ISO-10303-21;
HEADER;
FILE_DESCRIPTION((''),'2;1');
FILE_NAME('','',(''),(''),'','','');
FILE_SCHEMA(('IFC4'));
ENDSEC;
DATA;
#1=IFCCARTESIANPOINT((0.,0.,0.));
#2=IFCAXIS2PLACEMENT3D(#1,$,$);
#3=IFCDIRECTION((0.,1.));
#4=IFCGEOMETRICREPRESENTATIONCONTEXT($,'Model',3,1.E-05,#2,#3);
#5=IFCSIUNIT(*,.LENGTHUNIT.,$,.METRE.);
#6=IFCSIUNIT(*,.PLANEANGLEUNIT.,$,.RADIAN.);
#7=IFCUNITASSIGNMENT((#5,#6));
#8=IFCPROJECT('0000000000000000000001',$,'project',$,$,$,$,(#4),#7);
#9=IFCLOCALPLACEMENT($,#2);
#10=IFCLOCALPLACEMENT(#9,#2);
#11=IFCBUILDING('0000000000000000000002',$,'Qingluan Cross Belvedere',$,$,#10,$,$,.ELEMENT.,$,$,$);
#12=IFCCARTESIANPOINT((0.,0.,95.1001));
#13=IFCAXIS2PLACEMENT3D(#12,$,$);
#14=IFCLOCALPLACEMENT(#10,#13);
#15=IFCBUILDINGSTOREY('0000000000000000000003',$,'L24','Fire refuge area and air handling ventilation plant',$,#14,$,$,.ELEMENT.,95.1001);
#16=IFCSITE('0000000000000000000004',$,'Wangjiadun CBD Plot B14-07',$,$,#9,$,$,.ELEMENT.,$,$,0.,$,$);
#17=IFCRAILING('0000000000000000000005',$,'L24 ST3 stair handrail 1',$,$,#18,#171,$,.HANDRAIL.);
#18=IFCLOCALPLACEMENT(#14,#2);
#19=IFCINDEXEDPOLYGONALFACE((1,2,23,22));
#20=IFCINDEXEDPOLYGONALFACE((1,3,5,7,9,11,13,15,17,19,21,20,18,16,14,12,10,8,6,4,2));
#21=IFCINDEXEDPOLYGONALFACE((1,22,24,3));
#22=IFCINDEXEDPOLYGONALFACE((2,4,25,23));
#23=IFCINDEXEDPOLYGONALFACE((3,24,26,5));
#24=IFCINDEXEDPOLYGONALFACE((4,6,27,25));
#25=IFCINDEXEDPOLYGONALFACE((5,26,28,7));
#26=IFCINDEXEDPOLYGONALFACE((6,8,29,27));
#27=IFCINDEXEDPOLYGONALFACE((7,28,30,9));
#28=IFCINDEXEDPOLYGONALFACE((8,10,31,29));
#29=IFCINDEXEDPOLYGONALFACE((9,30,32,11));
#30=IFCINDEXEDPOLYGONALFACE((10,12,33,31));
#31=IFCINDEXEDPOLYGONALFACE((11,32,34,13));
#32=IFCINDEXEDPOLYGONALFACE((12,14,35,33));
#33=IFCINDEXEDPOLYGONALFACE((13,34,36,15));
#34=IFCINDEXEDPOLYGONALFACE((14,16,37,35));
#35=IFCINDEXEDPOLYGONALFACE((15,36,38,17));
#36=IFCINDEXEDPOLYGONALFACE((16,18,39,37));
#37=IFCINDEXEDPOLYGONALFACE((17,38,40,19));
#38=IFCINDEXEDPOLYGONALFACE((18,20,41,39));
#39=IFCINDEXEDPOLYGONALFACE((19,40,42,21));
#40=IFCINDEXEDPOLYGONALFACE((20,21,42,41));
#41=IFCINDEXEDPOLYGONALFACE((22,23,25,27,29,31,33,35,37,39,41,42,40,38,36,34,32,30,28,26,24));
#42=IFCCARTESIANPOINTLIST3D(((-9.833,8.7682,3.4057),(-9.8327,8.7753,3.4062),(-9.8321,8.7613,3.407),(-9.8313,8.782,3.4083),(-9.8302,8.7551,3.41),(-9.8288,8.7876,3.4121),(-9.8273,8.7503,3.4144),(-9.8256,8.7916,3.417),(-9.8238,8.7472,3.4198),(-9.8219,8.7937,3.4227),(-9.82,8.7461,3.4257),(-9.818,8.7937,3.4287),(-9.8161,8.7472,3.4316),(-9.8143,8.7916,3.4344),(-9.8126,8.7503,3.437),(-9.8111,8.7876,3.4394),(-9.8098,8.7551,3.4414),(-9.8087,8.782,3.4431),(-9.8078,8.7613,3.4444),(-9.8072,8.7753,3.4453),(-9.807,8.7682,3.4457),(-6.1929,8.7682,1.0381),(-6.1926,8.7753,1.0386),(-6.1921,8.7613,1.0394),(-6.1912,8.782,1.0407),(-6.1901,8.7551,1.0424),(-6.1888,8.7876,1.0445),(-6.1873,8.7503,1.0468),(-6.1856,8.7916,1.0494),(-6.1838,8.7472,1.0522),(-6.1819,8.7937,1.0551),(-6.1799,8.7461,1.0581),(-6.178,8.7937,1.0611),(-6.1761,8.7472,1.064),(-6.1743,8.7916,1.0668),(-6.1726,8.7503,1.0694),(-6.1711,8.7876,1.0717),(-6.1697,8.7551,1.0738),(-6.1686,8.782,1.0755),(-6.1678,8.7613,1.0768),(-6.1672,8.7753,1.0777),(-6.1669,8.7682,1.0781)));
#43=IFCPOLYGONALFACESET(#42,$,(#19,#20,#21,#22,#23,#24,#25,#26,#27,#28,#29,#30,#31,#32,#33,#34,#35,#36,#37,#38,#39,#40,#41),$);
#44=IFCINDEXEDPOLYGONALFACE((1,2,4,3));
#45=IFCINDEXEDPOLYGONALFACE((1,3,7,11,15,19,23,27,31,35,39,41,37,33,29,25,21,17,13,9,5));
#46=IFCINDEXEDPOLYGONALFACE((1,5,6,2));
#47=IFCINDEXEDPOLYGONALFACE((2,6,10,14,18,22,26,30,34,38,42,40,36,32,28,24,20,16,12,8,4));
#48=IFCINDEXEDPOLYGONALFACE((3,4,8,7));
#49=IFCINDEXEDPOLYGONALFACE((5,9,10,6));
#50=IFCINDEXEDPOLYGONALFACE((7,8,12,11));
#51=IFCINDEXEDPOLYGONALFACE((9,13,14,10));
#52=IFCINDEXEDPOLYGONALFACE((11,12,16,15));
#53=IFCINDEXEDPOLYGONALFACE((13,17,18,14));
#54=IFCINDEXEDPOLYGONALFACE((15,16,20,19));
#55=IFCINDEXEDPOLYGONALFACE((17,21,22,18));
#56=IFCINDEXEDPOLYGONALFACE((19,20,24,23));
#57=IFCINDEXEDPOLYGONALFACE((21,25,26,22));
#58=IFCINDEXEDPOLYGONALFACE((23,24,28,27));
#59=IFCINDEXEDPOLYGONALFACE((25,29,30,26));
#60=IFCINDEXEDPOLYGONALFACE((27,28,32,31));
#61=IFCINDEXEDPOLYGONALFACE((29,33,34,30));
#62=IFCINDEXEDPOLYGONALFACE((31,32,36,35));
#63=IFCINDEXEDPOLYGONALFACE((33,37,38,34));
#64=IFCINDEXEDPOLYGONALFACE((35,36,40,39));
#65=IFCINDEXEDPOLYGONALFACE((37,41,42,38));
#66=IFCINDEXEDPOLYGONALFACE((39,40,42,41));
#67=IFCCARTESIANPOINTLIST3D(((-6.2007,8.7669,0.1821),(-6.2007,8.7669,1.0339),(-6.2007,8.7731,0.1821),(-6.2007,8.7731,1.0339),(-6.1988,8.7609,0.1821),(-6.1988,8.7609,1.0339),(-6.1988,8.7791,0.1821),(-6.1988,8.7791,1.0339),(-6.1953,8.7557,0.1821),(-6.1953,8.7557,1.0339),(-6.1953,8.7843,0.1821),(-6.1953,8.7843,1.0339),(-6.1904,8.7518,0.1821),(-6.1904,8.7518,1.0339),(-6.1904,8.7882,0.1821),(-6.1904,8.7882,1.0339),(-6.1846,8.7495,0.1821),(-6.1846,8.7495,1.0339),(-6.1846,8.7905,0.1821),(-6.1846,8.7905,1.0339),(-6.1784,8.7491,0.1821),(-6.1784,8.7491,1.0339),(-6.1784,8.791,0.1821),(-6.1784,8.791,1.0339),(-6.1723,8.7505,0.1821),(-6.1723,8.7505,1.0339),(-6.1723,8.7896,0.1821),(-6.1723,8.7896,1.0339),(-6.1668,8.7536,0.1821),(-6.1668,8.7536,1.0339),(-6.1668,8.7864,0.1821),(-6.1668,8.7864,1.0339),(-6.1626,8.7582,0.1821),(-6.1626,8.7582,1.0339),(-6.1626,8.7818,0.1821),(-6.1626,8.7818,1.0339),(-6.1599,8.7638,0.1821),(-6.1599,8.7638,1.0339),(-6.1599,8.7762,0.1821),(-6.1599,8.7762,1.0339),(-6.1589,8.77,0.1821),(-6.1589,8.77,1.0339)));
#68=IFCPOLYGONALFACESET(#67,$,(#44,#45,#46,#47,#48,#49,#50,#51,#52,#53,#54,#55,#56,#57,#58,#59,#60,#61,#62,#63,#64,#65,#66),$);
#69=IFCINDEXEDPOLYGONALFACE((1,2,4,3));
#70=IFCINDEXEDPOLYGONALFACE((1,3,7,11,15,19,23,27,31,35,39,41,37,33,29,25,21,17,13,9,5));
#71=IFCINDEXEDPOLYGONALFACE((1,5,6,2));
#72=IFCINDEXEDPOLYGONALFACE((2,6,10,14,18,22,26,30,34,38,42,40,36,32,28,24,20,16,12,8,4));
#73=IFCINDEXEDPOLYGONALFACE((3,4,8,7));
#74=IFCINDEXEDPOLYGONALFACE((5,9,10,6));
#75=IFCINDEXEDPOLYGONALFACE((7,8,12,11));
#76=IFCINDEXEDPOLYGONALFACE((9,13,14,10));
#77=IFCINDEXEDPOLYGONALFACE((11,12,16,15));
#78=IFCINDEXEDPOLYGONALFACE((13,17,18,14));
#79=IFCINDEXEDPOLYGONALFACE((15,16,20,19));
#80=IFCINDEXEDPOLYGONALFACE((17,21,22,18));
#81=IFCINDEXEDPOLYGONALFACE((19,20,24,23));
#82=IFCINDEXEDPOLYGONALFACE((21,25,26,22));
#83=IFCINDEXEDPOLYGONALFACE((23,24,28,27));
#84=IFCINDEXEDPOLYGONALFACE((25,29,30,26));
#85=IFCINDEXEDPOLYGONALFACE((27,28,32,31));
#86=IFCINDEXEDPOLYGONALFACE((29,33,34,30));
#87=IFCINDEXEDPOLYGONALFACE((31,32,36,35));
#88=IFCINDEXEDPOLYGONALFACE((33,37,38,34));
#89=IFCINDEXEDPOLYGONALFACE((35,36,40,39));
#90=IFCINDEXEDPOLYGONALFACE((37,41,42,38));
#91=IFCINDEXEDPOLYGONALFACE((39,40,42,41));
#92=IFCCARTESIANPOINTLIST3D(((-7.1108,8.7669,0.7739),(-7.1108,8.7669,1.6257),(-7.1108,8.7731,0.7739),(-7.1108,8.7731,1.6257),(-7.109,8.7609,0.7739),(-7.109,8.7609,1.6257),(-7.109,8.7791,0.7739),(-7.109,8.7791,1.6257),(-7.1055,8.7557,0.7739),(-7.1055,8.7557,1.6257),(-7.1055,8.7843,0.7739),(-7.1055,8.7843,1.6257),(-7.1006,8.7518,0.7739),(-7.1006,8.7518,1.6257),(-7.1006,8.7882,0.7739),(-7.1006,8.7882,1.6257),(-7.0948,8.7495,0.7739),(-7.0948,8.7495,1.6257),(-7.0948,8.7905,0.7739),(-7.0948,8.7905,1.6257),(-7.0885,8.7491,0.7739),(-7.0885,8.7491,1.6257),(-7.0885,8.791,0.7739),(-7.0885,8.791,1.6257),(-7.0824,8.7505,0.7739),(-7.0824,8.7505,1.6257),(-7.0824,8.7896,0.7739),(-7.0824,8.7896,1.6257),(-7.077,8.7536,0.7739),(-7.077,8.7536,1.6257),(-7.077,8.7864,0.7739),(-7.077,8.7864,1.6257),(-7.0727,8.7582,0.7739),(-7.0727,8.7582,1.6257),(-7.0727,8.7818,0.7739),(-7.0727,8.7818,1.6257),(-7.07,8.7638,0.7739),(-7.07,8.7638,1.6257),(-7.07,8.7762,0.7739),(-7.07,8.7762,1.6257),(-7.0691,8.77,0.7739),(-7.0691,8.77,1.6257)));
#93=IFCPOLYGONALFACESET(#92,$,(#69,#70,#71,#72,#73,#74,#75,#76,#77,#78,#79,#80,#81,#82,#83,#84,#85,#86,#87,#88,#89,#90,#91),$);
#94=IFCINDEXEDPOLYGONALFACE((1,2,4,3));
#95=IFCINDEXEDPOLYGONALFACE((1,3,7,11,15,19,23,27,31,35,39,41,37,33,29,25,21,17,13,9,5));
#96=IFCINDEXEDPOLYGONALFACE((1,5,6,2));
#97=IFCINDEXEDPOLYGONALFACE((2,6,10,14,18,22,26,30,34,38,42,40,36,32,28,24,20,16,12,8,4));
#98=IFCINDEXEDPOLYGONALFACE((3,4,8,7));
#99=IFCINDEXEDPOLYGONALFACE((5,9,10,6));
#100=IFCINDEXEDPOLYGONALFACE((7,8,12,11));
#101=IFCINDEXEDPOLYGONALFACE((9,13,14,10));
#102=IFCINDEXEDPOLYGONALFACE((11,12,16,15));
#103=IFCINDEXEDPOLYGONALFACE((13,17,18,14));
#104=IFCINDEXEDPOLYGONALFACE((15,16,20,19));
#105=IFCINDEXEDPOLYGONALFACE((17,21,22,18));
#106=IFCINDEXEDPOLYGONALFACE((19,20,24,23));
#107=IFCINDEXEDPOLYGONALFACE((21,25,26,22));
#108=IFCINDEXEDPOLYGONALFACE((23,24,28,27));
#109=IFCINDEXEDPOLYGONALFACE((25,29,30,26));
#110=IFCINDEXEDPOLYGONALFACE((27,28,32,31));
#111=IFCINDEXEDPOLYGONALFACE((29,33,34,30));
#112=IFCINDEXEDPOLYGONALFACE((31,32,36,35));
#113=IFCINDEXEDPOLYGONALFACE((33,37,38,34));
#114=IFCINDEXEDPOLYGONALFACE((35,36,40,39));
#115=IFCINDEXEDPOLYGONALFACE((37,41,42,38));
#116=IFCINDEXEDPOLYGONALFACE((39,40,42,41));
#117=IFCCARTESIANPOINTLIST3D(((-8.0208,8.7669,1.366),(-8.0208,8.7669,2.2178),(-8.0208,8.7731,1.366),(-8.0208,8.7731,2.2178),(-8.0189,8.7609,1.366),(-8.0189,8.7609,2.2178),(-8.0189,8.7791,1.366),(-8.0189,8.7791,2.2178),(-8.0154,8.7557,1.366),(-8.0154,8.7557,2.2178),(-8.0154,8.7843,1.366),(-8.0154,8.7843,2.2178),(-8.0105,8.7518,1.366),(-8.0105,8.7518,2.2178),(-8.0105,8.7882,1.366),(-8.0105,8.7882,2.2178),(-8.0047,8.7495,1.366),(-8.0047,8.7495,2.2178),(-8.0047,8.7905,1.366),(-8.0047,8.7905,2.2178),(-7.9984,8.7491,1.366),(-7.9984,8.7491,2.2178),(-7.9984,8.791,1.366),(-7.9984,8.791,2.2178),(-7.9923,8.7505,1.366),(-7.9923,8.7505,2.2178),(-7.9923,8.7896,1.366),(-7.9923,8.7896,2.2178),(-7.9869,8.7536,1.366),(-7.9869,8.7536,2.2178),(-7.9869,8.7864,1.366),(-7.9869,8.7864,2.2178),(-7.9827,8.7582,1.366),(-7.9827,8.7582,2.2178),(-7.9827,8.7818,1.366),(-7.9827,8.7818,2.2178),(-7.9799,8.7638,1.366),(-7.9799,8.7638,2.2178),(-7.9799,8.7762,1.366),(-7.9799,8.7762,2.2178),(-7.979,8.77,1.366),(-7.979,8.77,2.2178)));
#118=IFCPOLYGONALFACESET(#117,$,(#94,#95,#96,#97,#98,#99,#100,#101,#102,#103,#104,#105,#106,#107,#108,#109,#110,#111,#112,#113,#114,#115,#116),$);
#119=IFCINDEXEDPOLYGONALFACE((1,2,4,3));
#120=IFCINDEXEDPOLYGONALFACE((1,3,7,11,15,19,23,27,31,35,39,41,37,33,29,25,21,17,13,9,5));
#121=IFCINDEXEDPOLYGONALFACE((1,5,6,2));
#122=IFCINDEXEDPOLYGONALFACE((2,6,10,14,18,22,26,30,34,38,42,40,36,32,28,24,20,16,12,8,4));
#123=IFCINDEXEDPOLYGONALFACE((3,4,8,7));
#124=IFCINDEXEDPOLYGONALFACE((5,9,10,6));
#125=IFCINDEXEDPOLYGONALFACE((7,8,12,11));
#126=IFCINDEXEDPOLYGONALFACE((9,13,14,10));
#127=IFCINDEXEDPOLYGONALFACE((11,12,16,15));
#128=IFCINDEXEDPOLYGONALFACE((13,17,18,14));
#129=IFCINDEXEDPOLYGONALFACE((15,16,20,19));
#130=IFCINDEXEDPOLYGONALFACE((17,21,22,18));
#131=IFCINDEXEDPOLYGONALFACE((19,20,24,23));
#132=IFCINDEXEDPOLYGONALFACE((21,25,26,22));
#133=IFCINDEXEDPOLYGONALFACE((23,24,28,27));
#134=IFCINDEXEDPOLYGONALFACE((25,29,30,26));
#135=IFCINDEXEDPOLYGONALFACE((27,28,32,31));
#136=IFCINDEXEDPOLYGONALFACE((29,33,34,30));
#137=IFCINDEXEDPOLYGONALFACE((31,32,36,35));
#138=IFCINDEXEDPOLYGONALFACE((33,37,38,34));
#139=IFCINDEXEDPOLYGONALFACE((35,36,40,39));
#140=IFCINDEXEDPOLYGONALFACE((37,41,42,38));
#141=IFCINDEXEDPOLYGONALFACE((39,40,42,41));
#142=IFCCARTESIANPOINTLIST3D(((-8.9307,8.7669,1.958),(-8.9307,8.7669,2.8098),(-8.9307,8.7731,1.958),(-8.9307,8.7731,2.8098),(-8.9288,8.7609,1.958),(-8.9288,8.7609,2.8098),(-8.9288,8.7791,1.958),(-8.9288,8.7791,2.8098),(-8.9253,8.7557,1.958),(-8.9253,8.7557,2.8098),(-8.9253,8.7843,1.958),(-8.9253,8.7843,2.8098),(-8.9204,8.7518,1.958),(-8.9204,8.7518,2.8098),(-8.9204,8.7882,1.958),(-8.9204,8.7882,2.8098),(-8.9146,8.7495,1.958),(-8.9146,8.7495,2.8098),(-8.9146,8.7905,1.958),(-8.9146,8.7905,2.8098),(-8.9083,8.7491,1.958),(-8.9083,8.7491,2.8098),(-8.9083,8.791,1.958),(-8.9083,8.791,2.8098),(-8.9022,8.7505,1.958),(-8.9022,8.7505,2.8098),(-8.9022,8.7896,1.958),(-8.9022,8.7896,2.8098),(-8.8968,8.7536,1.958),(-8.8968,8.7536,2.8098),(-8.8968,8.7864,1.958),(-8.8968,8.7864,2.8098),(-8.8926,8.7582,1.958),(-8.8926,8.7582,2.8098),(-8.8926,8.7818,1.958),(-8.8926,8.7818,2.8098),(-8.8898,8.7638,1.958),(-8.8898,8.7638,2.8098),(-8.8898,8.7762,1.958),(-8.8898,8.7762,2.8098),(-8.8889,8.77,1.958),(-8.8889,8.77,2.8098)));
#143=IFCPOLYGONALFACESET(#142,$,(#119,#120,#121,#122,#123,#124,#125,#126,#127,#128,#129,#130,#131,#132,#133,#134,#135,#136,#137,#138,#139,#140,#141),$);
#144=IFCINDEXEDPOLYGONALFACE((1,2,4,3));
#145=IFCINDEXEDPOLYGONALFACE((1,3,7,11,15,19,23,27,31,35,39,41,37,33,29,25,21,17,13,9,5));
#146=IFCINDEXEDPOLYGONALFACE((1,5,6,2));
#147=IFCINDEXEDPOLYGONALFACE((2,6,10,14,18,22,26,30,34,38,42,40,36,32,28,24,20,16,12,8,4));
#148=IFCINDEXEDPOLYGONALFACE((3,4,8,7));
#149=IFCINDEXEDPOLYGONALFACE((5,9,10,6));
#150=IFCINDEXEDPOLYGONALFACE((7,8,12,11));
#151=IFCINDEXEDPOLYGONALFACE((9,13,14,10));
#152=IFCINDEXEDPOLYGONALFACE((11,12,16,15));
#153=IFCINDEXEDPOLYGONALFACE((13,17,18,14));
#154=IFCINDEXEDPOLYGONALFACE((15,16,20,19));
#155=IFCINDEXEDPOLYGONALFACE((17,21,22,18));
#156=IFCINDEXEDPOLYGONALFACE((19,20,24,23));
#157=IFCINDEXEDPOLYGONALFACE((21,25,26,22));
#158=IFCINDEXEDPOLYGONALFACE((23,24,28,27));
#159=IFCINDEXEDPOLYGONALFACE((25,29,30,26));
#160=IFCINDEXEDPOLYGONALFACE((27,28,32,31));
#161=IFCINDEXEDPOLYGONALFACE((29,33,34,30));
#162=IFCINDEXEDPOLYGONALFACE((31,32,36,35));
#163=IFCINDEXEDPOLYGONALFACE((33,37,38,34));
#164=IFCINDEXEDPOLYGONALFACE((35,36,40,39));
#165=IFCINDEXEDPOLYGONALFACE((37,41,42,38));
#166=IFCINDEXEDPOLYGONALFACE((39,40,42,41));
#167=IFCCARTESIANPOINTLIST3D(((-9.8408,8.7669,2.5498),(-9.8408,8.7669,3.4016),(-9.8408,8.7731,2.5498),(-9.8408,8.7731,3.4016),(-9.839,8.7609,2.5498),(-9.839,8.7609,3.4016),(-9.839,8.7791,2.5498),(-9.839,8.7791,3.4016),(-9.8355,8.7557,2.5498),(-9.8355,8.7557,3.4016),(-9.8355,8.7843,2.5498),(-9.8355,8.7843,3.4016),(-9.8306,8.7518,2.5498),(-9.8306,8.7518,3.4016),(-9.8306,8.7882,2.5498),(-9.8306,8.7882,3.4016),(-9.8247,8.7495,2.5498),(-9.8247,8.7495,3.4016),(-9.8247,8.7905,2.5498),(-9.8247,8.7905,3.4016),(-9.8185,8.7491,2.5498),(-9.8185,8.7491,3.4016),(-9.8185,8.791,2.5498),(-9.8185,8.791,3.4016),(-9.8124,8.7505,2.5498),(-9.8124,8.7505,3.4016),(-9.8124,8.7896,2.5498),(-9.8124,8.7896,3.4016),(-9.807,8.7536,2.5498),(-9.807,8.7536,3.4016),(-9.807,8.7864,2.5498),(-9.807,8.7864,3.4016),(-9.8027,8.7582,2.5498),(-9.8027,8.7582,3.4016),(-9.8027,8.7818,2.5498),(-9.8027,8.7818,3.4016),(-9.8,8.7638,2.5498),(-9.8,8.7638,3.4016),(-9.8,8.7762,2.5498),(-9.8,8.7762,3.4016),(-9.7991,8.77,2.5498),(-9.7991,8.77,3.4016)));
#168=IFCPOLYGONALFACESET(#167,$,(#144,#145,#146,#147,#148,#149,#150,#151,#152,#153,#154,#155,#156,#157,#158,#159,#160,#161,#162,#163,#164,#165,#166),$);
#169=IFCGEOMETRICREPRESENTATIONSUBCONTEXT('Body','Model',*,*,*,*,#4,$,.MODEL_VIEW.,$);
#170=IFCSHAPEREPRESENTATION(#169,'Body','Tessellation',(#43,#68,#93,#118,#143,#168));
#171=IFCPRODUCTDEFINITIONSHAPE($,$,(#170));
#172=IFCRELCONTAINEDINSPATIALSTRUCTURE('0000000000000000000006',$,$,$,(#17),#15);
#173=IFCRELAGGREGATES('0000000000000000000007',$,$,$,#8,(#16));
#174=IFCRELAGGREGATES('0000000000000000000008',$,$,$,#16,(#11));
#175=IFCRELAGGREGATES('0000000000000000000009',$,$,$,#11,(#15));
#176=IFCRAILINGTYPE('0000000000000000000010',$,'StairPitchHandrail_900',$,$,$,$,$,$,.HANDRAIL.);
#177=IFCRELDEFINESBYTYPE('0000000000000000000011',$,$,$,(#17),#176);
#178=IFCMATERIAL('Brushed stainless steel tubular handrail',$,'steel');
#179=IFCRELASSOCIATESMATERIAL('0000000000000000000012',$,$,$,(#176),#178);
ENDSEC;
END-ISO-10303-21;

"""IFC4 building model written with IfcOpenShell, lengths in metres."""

from ifc_helpers import new_model, si_unit, direction, frame, origin, origin_2d, place, context, subcontext, project, spatial, circle, extrude, material, type_object, element, save


model = new_model("IFC4")

# Units and contexts
model_context = context("Model", 3, precision=1e-05, world=origin(), true_north=direction((0.0, 1.0)))
body_context = subcontext(model_context, "Body", "Model", "MODEL_VIEW")
ifc_project = project(units=[si_unit("LENGTHUNIT", "METRE"), si_unit("PLANEANGLEUNIT", "RADIAN")], contexts=[model_context])

# Site, building, storey
site_placement = place(None, origin())
site = spatial("IfcSite", under=ifc_project, at=site_placement, Name="Wangjiadun CBD Plot B14-07", CompositionType="ELEMENT", RefElevation=0.0)
building_placement = place(site_placement, origin())
building = spatial("IfcBuilding", under=site, at=building_placement, Name="Qingluan Cross Belvedere", CompositionType="ELEMENT")
storey_placement = place(building_placement, frame((0.0, 0.0, 95.1001)))
storey = spatial("IfcBuildingStorey", under=building, at=storey_placement, Name="L24", Description="Fire refuge area and air handling ventilation plant", CompositionType="ELEMENT", Elevation=95.1001)

# Railing
ifc_material_1 = material(Name="Brushed stainless steel tubular handrail", Category="steel")
railing_type = type_object("IfcRailingType", Name="StairPitchHandrail_900", PredefinedType="HANDRAIL", material=ifc_material_1)
railing_placement = place(storey_placement, frame((-6.1799, 8.77, 0.1821)))
element("IfcRailing", 1, at=railing_placement, inside=storey, type_object=railing_type, Name="L24 ST3 stair handrail 1", PredefinedType="HANDRAIL", context=body_context, shape_type="SweptSolid", body=[
    extrude(circle(Radius=0.0239, at=origin_2d()), frame((0.0, 0.0, 0.876), z_axis=(-0.838277, 0.0, 0.545245), x_axis=(0.0, -1.0, 0.0)), (0.0, 0.0, 1.0), 4.3423),
    extrude(circle(Radius=0.021, at=origin_2d()), origin(), (0.0, 0.0, 1.0), 0.8518),
    extrude(circle(Radius=0.021, at=origin_2d()), frame((-0.9102, 0.0, 0.5918)), (0.0, 0.0, 1.0), 0.8518),
    extrude(circle(Radius=0.021, at=origin_2d()), frame((-1.8201, 0.0, 1.1838)), (0.0, 0.0, 1.0), 0.8518),
    extrude(circle(Radius=0.021, at=origin_2d()), frame((-2.73, 0.0, 1.7759)), (0.0, 0.0, 1.0), 0.8518),
    extrude(circle(Radius=0.021, at=origin_2d()), frame((-3.6401, 0.0, 2.3677)), (0.0, 0.0, 1.0), 0.8518),
])

save(model, "model.ifc")
